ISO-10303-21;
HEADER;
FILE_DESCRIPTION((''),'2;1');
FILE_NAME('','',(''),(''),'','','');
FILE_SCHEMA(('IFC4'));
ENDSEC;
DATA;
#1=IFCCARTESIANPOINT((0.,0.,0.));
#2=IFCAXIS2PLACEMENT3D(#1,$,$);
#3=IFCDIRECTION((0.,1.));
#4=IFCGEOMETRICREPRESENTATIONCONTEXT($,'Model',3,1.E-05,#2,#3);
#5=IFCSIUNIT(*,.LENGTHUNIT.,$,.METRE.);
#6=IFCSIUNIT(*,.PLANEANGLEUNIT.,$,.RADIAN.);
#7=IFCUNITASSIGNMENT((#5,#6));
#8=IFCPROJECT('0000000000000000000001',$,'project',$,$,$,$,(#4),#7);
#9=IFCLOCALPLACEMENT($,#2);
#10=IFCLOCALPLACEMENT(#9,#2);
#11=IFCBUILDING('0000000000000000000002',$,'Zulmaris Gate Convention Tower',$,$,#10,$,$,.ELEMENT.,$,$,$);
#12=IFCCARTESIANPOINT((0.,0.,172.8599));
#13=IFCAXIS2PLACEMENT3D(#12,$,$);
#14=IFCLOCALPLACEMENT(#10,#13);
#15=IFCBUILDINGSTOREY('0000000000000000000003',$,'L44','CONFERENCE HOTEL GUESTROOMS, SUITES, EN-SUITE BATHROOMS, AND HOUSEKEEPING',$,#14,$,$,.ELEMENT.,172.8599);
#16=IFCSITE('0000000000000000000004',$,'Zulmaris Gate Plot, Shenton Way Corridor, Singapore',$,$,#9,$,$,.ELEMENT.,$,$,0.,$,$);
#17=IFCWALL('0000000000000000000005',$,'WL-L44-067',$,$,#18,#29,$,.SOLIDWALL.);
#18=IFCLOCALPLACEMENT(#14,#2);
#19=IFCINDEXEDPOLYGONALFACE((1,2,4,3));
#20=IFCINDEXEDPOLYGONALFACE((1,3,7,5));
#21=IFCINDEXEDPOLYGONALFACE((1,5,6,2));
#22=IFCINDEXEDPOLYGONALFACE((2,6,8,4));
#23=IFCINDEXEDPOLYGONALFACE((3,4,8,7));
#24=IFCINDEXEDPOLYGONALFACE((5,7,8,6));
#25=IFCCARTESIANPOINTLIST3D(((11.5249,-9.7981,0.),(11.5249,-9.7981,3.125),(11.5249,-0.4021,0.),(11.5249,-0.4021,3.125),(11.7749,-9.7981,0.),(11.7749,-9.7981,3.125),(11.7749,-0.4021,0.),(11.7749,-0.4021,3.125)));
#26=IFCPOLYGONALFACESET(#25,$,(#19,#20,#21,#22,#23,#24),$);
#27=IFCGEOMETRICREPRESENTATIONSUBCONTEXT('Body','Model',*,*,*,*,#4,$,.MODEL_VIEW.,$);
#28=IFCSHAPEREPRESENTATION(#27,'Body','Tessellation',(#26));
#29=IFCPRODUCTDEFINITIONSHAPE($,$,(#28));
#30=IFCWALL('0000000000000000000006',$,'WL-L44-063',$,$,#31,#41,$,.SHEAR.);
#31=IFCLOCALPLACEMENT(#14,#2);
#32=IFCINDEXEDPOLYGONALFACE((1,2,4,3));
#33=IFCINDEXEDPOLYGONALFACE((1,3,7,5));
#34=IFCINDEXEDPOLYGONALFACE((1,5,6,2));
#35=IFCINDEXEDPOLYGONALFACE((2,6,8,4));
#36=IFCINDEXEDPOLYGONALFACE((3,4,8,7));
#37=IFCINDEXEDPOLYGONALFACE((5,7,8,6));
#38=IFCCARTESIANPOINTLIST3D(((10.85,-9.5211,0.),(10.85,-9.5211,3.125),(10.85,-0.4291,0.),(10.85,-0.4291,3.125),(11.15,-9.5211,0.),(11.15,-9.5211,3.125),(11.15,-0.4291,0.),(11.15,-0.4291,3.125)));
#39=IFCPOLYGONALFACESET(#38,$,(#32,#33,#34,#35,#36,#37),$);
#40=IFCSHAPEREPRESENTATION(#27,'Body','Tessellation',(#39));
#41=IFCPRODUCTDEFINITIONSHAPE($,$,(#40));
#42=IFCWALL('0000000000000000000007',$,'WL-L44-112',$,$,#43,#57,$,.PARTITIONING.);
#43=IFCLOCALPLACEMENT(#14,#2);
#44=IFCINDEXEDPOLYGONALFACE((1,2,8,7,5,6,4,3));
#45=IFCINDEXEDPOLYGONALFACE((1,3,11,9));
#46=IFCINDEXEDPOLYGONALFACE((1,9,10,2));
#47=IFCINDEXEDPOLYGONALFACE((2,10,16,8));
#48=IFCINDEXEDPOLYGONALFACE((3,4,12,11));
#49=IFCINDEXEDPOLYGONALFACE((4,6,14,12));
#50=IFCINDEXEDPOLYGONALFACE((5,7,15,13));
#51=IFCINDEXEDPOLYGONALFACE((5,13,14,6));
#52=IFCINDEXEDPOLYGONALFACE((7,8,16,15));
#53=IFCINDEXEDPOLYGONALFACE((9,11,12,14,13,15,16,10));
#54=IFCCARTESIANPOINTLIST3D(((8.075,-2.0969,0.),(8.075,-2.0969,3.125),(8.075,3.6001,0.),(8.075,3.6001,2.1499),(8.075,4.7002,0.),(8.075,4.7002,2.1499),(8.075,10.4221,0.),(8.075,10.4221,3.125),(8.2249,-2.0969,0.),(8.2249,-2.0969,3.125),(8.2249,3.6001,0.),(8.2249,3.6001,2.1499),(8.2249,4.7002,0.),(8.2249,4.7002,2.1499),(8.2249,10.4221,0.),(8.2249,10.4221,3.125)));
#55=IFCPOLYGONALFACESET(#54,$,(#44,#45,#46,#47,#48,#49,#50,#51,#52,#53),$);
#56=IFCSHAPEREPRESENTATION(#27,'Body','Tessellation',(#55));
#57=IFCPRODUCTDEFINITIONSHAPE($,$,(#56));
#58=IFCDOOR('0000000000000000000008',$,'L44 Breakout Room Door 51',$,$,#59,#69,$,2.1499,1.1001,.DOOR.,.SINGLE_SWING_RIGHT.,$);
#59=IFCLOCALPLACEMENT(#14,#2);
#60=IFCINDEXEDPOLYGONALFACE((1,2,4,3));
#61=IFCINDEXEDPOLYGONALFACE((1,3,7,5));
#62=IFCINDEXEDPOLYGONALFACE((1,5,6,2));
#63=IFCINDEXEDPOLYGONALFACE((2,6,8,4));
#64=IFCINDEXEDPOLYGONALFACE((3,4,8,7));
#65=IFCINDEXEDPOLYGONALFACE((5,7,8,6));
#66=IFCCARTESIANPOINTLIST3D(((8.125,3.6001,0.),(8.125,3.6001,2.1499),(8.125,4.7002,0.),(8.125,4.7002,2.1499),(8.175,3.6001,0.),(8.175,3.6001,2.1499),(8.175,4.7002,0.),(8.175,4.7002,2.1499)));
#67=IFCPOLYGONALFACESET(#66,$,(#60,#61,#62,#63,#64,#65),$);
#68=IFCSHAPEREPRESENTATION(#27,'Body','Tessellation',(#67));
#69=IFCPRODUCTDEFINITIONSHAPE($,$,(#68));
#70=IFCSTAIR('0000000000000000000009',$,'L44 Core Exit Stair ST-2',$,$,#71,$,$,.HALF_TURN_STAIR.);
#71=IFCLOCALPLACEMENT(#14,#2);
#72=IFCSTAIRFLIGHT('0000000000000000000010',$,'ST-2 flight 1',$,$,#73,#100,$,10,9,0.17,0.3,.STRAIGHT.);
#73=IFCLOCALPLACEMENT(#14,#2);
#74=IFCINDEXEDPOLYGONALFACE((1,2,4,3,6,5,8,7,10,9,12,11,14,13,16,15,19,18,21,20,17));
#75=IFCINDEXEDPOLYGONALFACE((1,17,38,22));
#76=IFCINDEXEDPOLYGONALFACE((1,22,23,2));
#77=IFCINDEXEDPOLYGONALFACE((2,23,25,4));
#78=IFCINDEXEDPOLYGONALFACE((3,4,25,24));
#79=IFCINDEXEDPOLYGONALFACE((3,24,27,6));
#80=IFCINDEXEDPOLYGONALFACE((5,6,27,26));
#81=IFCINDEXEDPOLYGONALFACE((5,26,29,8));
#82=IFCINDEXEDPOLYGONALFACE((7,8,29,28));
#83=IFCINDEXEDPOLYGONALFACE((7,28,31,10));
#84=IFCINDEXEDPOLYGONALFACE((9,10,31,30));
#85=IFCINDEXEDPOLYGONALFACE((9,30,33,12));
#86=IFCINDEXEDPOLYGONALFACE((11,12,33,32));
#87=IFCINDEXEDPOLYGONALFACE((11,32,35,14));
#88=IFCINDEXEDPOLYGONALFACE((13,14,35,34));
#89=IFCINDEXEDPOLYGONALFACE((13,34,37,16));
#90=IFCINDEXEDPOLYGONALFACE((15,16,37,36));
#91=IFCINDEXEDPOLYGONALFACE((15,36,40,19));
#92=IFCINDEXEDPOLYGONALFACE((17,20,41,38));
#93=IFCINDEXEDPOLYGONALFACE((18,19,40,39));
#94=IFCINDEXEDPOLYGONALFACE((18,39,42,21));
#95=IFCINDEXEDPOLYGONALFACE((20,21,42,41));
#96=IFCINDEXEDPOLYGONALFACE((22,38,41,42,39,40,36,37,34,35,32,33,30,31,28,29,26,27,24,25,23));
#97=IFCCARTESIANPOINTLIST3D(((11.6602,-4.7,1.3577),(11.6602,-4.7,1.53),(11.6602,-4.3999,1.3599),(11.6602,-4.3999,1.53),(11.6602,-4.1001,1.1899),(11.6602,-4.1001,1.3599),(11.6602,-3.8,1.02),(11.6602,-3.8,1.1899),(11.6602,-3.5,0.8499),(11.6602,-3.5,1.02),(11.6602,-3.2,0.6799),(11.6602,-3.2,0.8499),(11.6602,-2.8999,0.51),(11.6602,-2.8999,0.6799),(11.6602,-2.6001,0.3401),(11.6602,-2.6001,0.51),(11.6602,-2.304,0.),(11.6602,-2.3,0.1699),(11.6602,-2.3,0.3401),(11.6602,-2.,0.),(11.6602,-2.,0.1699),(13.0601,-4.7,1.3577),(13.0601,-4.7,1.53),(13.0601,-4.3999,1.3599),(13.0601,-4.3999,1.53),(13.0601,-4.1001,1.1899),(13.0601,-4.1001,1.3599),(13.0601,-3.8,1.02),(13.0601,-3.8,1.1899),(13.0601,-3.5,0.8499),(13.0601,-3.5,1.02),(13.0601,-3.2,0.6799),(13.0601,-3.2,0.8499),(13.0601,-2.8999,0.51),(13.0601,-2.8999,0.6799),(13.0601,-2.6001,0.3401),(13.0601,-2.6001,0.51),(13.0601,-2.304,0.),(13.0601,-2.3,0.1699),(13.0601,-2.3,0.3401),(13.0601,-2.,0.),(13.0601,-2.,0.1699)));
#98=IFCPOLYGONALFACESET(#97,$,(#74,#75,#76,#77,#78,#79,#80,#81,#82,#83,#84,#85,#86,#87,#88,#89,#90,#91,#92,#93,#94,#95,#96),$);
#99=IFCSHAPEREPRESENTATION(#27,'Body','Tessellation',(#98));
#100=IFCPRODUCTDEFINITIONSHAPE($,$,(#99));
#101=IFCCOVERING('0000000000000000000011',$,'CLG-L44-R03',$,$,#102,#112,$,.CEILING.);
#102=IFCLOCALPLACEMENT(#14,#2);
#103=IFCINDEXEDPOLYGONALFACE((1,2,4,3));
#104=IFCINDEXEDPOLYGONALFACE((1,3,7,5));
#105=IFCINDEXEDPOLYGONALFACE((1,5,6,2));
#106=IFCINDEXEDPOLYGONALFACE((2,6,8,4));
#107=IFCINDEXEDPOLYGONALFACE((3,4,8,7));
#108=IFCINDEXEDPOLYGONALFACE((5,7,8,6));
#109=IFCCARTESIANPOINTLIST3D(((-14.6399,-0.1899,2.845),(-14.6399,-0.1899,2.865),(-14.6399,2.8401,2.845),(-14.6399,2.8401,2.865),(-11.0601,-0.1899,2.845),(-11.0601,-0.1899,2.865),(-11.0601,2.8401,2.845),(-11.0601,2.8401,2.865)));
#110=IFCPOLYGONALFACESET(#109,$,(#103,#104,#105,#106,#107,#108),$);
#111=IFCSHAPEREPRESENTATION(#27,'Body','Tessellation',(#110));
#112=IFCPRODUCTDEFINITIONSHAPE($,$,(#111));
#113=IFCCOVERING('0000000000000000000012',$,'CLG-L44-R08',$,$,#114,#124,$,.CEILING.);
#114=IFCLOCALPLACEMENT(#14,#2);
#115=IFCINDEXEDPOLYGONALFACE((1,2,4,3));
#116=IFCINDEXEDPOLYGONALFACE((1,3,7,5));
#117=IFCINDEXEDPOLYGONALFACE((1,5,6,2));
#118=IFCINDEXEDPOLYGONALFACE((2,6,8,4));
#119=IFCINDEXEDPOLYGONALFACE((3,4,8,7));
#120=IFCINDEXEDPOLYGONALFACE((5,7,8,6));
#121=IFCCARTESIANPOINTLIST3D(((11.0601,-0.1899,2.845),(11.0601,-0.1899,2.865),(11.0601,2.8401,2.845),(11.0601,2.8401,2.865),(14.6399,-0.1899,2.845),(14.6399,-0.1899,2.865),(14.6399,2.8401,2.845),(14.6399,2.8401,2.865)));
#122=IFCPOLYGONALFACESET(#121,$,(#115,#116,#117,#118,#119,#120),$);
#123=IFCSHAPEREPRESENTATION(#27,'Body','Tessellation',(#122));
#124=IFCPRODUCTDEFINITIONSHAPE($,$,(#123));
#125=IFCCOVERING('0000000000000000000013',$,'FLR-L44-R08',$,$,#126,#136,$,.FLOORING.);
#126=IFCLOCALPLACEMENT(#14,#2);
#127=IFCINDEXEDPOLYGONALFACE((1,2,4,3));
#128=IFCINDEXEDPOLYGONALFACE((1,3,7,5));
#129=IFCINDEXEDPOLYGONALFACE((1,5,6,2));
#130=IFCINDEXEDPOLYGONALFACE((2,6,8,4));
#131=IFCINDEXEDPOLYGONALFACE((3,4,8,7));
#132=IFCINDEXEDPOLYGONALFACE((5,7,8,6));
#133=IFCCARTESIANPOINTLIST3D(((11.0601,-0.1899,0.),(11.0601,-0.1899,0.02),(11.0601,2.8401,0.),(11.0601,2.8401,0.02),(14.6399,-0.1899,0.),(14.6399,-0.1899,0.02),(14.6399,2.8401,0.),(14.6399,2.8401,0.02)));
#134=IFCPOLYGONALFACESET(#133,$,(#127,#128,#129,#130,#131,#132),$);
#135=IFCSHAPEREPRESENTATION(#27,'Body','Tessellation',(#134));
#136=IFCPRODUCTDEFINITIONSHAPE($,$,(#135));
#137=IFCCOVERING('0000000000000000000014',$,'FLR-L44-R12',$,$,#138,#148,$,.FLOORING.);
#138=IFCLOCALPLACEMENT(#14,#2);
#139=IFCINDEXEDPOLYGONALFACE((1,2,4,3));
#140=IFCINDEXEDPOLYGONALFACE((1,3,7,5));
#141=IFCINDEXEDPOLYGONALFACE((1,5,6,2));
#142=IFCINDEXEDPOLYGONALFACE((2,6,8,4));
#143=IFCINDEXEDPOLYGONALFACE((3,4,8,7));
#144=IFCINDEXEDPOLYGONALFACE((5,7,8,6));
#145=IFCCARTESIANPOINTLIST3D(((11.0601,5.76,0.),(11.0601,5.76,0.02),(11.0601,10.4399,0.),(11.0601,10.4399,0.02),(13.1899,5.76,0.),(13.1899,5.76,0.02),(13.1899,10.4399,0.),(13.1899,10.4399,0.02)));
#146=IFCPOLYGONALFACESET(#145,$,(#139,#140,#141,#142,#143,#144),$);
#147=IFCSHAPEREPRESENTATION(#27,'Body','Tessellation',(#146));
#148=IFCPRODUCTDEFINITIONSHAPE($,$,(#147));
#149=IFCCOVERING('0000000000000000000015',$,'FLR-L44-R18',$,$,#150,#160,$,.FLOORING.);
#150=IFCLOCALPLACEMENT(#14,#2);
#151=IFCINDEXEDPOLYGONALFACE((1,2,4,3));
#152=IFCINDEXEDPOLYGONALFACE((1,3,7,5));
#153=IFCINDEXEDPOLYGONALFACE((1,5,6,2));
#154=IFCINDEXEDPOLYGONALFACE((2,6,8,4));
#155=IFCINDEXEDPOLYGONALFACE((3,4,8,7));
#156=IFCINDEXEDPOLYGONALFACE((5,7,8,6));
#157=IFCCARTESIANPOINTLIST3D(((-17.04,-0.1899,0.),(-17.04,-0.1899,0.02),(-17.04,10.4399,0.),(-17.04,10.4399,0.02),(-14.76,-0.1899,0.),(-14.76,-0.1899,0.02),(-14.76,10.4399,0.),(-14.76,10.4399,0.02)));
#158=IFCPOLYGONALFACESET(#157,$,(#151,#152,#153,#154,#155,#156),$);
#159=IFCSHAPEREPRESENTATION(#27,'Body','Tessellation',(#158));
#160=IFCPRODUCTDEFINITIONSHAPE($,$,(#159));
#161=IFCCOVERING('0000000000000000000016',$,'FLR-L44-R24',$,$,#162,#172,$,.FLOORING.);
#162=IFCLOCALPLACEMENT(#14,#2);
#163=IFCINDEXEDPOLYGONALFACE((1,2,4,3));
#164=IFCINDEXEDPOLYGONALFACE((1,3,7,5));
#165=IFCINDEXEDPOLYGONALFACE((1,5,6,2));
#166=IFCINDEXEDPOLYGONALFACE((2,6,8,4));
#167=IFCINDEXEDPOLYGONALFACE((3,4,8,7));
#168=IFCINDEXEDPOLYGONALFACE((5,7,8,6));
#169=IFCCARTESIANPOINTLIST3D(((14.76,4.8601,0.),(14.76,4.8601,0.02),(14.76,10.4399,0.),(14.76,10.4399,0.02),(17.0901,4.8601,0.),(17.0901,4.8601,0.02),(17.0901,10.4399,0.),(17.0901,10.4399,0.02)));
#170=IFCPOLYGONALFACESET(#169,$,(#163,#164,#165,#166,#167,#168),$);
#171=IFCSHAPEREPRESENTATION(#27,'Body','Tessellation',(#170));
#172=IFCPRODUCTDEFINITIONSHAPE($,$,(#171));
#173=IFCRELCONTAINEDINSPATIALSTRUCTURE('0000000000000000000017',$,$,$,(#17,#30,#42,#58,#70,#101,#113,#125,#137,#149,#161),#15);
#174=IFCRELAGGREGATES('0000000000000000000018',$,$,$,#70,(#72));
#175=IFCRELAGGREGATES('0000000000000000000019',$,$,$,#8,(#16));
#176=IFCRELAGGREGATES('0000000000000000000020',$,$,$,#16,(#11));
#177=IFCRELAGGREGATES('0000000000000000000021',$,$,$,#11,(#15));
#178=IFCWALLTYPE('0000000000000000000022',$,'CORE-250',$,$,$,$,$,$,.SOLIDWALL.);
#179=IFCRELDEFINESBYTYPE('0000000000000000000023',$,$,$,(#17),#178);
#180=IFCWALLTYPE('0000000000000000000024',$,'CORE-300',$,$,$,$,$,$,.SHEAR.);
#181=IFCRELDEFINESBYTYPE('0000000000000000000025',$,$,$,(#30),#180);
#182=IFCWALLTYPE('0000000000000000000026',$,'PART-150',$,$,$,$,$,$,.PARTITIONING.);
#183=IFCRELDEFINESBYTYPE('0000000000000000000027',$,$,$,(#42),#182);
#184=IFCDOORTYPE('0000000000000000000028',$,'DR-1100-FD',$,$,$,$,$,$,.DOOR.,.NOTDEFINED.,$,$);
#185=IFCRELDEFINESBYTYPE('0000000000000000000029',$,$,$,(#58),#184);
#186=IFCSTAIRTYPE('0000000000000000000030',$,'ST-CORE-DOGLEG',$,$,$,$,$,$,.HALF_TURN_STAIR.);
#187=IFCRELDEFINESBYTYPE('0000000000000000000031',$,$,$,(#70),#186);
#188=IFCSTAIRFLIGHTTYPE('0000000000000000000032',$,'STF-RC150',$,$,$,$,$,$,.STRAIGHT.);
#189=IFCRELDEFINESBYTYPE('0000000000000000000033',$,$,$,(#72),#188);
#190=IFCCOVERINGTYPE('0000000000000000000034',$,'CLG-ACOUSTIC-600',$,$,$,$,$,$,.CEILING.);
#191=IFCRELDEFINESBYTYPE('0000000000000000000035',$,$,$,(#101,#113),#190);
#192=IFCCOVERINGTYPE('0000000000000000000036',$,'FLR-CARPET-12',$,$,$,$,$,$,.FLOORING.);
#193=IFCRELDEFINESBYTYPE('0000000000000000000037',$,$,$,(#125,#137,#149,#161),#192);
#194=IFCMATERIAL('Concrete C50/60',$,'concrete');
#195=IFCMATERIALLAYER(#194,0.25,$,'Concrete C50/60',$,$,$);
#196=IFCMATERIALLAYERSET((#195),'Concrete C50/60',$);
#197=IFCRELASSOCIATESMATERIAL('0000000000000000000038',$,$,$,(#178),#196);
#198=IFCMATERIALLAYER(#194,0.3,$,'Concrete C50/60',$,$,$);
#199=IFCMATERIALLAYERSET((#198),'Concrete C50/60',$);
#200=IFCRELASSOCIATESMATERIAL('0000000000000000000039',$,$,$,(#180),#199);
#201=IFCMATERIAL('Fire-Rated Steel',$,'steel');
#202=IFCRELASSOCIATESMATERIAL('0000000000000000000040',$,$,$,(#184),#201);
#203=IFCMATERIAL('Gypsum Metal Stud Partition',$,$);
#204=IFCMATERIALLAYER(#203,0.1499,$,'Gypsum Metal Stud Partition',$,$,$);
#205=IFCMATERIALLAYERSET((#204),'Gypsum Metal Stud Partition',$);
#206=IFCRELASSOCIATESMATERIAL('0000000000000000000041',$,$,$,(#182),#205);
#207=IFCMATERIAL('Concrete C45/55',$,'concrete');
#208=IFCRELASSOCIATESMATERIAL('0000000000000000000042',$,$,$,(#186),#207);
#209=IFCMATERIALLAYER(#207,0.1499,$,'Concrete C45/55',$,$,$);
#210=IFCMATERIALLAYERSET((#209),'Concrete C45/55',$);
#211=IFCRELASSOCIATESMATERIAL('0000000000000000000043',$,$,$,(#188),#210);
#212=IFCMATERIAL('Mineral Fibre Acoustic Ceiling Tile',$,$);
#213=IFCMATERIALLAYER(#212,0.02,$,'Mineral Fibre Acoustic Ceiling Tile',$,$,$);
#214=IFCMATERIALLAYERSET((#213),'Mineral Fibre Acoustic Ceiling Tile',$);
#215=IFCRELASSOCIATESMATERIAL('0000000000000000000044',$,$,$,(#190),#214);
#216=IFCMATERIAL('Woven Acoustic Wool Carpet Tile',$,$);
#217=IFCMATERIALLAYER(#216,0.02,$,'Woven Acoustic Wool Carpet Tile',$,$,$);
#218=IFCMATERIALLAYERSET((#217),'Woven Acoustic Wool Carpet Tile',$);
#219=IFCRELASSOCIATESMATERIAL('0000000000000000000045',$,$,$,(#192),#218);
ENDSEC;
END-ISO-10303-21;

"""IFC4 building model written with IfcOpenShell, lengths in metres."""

from ifc_helpers import new_model, si_unit, direction, frame, frame_2d, origin, place, context, subcontext, project, spatial, polyline, rectangle, outline, extrude, material, layer, layer_set, type_object, element, fill, aggregate, save


model = new_model("IFC4")

# Units and contexts
model_context = context("Model", 3, precision=1e-05, world=origin(), true_north=direction((0.0, 1.0)))
body_context = subcontext(model_context, "Body", "Model", "MODEL_VIEW")
ifc_project = project(units=[si_unit("LENGTHUNIT", "METRE"), si_unit("PLANEANGLEUNIT", "RADIAN")], contexts=[model_context])

# Site, building, storey
site_placement = place(None, origin())
site = spatial("IfcSite", under=ifc_project, at=site_placement, Name="Zulmaris Gate Plot, Shenton Way Corridor, Singapore", CompositionType="ELEMENT", RefElevation=0.0)
building_placement = place(site_placement, origin())
building = spatial("IfcBuilding", under=site, at=building_placement, Name="Zulmaris Gate Convention Tower", CompositionType="ELEMENT")
storey_placement = place(building_placement, frame((0.0, 0.0, 172.8599)))
storey = spatial("IfcBuildingStorey", under=building, at=storey_placement, Name="L44", Description="CONFERENCE HOTEL GUESTROOMS, SUITES, EN-SUITE BATHROOMS, AND HOUSEKEEPING", CompositionType="ELEMENT", Elevation=172.8599)

# Wall
ifc_material_1 = material(Name="Concrete C50/60", Category="concrete")
ifc_layer_1 = layer(ifc_material_1, 0.25, Name="Concrete C50/60")
ifc_layer_set_1 = layer_set([ifc_layer_1], Name="Concrete C50/60")
wall_type_1 = type_object("IfcWallType", Name="CORE-250", PredefinedType="SOLIDWALL", material=ifc_layer_set_1)
wall_1_placement = place(storey_placement, frame((11.6499, -9.7981, 0.0), z_axis=(0.0, 0.0, 1.0), x_axis=(0.0, 1.0, 0.0)))
element("IfcWall", 1, at=wall_1_placement, inside=storey, type_object=wall_type_1, Name="WL-L44-067", PredefinedType="SOLIDWALL", context=body_context, shape_type="SweptSolid", body=[
    extrude(rectangle(XDim=9.396, YDim=0.25, at=frame_2d((4.698, 0.0))), origin(), (0.0, 0.0, 1.0), 3.125),
])

# Shared definitions
ifc_layer_2 = layer(ifc_material_1, 0.3, Name="Concrete C50/60")
ifc_layer_set_2 = layer_set([ifc_layer_2], Name="Concrete C50/60")
wall_type_2 = type_object("IfcWallType", Name="CORE-300", PredefinedType="SHEAR", material=ifc_layer_set_2)
ifc_material_2 = material(Name="Fire-Rated Steel", Category="steel")
door_type_1 = type_object("IfcDoorType", Name="DR-1100-FD", OperationType="NOTDEFINED", PredefinedType="DOOR", material=ifc_material_2)

# Wall
wall_2_placement = place(storey_placement, frame((11.0, -9.521, 0.0), z_axis=(0.0, 0.0, 1.0), x_axis=(0.0, 1.0, 0.0)))
element("IfcWall", 2, at=wall_2_placement, inside=storey, type_object=wall_type_2, Name="WL-L44-063", PredefinedType="SHEAR", context=body_context, shape_type="SweptSolid", body=[
    extrude(rectangle(XDim=9.092, YDim=0.3, at=frame_2d((4.5459, 0.0))), origin(), (0.0, 0.0, 1.0), 3.125),
])

# Wall, opening, door
ifc_material_3 = material(Name="Gypsum Metal Stud Partition")
ifc_layer_3 = layer(ifc_material_3, 0.1499, Name="Gypsum Metal Stud Partition")
ifc_layer_set_3 = layer_set([ifc_layer_3], Name="Gypsum Metal Stud Partition")
wall_type_3 = type_object("IfcWallType", Name="PART-150", PredefinedType="PARTITIONING", material=ifc_layer_set_3)
wall_3_placement = place(storey_placement, frame((8.1499, -2.0969, 0.0), z_axis=(0.0, 0.0, 1.0), x_axis=(0.0, 1.0, 0.0)))
wall_3 = element("IfcWall", 3, at=wall_3_placement, inside=storey, type_object=wall_type_3, Name="WL-L44-112", PredefinedType="PARTITIONING", context=body_context, shape_type="SweptSolid", body=[
    extrude(rectangle(XDim=12.519, YDim=0.1499, at=frame_2d((6.2595, 0.0))), origin(), (0.0, 0.0, 1.0), 3.125),
])
opening_1_placement = place(wall_3_placement, frame((5.697, 0.0, 0.0)))
opening_1 = element("IfcOpeningElement", 4, at=opening_1_placement, cuts=wall_3, PredefinedType="OPENING", context=body_context, shape_type="SweptSolid", body=[
    extrude(rectangle(XDim=1.1001, YDim=2.1499, at=frame_2d((0.55, 1.075))), frame((0.0, 0.085, 0.0), z_axis=(0.0, -1.0, 0.0), x_axis=(1.0, 0.0, 0.0)), (0.0, 0.0, 1.0), 0.1699),
])
door_1_placement = place(opening_1_placement, origin())
door_1 = element("IfcDoor", 5, at=door_1_placement, inside=storey, type_object=door_type_1, Name="L44 Breakout Room Door 51", OperationType="SINGLE_SWING_RIGHT", OverallHeight=2.1499, OverallWidth=1.1001, PredefinedType="DOOR", context=body_context, shape_type="SweptSolid", body=[
    extrude(rectangle(XDim=1.1001, YDim=2.1499, at=frame_2d((0.55, 1.075))), frame((0.0, 0.0249, 0.0), z_axis=(0.0, -1.0, 0.0), x_axis=(1.0, 0.0, 0.0)), (0.0, 0.0, 1.0), 0.05),
])
fill(opening_1, door_1)

# Stair, stair flight
ifc_material_4 = material(Name="Concrete C45/55", Category="concrete")
stair_type = type_object("IfcStairType", Name="ST-CORE-DOGLEG", PredefinedType="HALF_TURN_STAIR", material=ifc_material_4)
stair_placement = place(storey_placement, origin())
stair = element("IfcStair", 6, at=stair_placement, inside=storey, type_object=stair_type, Name="L44 Core Exit Stair ST-2", PredefinedType="HALF_TURN_STAIR")
ifc_layer_4 = layer(ifc_material_4, 0.1499, Name="Concrete C45/55")
ifc_layer_set_4 = layer_set([ifc_layer_4], Name="Concrete C45/55")
stair_flight_type = type_object("IfcStairFlightType", Name="STF-RC150", PredefinedType="STRAIGHT", material=ifc_layer_set_4)
stair_flight_placement = place(storey_placement, frame((12.3601, -2.0, 0.0), z_axis=(0.0, 0.0, 1.0), x_axis=(0.0, -1.0, 0.0)))
stair_flight = element("IfcStairFlight", 7, at=stair_flight_placement, type_object=stair_flight_type, Name="ST-2 flight 1", NumberOfRisers=10, NumberOfTreads=9, PredefinedType="STRAIGHT", RiserHeight=0.17, TreadLength=0.3, context=body_context, shape_type="SweptSolid", body=[
    extrude(outline(polyline([(0.0, 0.0), (0.0, 0.1699), (0.3, 0.1699), (0.3, 0.3401), (0.6001, 0.3401), (0.6001, 0.51), (0.8999, 0.51), (0.8999, 0.6799), (1.2, 0.6799), (1.2, 0.8499), (1.5, 0.8499), (1.5, 1.02), (1.8, 1.02), (1.8, 1.1899), (2.1001, 1.1899), (2.1001, 1.3599), (2.3999, 1.3599), (2.3999, 1.53), (2.7, 1.53), (2.7, 1.7), (2.7, 1.3577), (0.304, 0.0), (0.0, 0.0)])), frame((0.0, 0.7, 0.0), z_axis=(0.0, -1.0, 0.0), x_axis=(1.0, 0.0, 0.0)), (0.0, 0.0, 1.0), 1.3999),
])
aggregate(stair, [stair_flight])

# Coverings
ifc_material_5 = material(Name="Mineral Fibre Acoustic Ceiling Tile")
ifc_layer_5 = layer(ifc_material_5, 0.02, Name="Mineral Fibre Acoustic Ceiling Tile")
ifc_layer_set_5 = layer_set([ifc_layer_5], Name="Mineral Fibre Acoustic Ceiling Tile")
covering_type_1 = type_object("IfcCoveringType", Name="CLG-ACOUSTIC-600", PredefinedType="CEILING", material=ifc_layer_set_5)
covering_1_placement = place(storey_placement, frame((0.0, 0.0, 2.845)))
element("IfcCovering", 8, at=covering_1_placement, inside=storey, type_object=covering_type_1, Name="CLG-L44-R03", PredefinedType="CEILING", context=body_context, shape_type="SweptSolid", body=[
    extrude(outline(polyline([(-14.6399, -0.1899), (-11.0601, -0.1899), (-11.0601, 2.8401), (-14.6399, 2.8401), (-14.6399, -0.1899)])), origin(), (0.0, 0.0, 1.0), 0.02),
])
covering_2_placement = place(storey_placement, frame((0.0, 0.0, 2.845)))
element("IfcCovering", 9, at=covering_2_placement, inside=storey, type_object=covering_type_1, Name="CLG-L44-R08", PredefinedType="CEILING", context=body_context, shape_type="SweptSolid", body=[
    extrude(outline(polyline([(11.0601, -0.1899), (14.6399, -0.1899), (14.6399, 2.8401), (11.0601, 2.8401), (11.0601, -0.1899)])), origin(), (0.0, 0.0, 1.0), 0.02),
])
ifc_material_6 = material(Name="Woven Acoustic Wool Carpet Tile")
ifc_layer_6 = layer(ifc_material_6, 0.02, Name="Woven Acoustic Wool Carpet Tile")
ifc_layer_set_6 = layer_set([ifc_layer_6], Name="Woven Acoustic Wool Carpet Tile")
covering_type_2 = type_object("IfcCoveringType", Name="FLR-CARPET-12", PredefinedType="FLOORING", material=ifc_layer_set_6)
covering_3_placement = place(storey_placement, origin())
element("IfcCovering", 10, at=covering_3_placement, inside=storey, type_object=covering_type_2, Name="FLR-L44-R08", PredefinedType="FLOORING", context=body_context, shape_type="SweptSolid", body=[
    extrude(outline(polyline([(11.0601, -0.1899), (14.6399, -0.1899), (14.6399, 2.8401), (11.0601, 2.8401), (11.0601, -0.1899)])), origin(), (0.0, 0.0, 1.0), 0.02),
])
covering_4_placement = place(storey_placement, origin())
element("IfcCovering", 11, at=covering_4_placement, inside=storey, type_object=covering_type_2, Name="FLR-L44-R12", PredefinedType="FLOORING", context=body_context, shape_type="SweptSolid", body=[
    extrude(outline(polyline([(11.0601, 5.76), (13.1899, 5.76), (13.1899, 10.4399), (11.0601, 10.4399), (11.0601, 5.76)])), origin(), (0.0, 0.0, 1.0), 0.02),
])
covering_5_placement = place(storey_placement, origin())
element("IfcCovering", 12, at=covering_5_placement, inside=storey, type_object=covering_type_2, Name="FLR-L44-R18", PredefinedType="FLOORING", context=body_context, shape_type="SweptSolid", body=[
    extrude(outline(polyline([(-17.04, -0.1899), (-14.76, -0.1899), (-14.76, 10.4399), (-17.04, 10.4399), (-17.04, -0.1899)])), origin(), (0.0, 0.0, 1.0), 0.02),
])
covering_6_placement = place(storey_placement, origin())
element("IfcCovering", 13, at=covering_6_placement, inside=storey, type_object=covering_type_2, Name="FLR-L44-R24", PredefinedType="FLOORING", context=body_context, shape_type="SweptSolid", body=[
    extrude(outline(polyline([(14.76, 4.8601), (17.0901, 4.8601), (17.0901, 10.4399), (14.76, 10.4399), (14.76, 4.8601)])), origin(), (0.0, 0.0, 1.0), 0.02),
])

save(model, "model.ifc")
